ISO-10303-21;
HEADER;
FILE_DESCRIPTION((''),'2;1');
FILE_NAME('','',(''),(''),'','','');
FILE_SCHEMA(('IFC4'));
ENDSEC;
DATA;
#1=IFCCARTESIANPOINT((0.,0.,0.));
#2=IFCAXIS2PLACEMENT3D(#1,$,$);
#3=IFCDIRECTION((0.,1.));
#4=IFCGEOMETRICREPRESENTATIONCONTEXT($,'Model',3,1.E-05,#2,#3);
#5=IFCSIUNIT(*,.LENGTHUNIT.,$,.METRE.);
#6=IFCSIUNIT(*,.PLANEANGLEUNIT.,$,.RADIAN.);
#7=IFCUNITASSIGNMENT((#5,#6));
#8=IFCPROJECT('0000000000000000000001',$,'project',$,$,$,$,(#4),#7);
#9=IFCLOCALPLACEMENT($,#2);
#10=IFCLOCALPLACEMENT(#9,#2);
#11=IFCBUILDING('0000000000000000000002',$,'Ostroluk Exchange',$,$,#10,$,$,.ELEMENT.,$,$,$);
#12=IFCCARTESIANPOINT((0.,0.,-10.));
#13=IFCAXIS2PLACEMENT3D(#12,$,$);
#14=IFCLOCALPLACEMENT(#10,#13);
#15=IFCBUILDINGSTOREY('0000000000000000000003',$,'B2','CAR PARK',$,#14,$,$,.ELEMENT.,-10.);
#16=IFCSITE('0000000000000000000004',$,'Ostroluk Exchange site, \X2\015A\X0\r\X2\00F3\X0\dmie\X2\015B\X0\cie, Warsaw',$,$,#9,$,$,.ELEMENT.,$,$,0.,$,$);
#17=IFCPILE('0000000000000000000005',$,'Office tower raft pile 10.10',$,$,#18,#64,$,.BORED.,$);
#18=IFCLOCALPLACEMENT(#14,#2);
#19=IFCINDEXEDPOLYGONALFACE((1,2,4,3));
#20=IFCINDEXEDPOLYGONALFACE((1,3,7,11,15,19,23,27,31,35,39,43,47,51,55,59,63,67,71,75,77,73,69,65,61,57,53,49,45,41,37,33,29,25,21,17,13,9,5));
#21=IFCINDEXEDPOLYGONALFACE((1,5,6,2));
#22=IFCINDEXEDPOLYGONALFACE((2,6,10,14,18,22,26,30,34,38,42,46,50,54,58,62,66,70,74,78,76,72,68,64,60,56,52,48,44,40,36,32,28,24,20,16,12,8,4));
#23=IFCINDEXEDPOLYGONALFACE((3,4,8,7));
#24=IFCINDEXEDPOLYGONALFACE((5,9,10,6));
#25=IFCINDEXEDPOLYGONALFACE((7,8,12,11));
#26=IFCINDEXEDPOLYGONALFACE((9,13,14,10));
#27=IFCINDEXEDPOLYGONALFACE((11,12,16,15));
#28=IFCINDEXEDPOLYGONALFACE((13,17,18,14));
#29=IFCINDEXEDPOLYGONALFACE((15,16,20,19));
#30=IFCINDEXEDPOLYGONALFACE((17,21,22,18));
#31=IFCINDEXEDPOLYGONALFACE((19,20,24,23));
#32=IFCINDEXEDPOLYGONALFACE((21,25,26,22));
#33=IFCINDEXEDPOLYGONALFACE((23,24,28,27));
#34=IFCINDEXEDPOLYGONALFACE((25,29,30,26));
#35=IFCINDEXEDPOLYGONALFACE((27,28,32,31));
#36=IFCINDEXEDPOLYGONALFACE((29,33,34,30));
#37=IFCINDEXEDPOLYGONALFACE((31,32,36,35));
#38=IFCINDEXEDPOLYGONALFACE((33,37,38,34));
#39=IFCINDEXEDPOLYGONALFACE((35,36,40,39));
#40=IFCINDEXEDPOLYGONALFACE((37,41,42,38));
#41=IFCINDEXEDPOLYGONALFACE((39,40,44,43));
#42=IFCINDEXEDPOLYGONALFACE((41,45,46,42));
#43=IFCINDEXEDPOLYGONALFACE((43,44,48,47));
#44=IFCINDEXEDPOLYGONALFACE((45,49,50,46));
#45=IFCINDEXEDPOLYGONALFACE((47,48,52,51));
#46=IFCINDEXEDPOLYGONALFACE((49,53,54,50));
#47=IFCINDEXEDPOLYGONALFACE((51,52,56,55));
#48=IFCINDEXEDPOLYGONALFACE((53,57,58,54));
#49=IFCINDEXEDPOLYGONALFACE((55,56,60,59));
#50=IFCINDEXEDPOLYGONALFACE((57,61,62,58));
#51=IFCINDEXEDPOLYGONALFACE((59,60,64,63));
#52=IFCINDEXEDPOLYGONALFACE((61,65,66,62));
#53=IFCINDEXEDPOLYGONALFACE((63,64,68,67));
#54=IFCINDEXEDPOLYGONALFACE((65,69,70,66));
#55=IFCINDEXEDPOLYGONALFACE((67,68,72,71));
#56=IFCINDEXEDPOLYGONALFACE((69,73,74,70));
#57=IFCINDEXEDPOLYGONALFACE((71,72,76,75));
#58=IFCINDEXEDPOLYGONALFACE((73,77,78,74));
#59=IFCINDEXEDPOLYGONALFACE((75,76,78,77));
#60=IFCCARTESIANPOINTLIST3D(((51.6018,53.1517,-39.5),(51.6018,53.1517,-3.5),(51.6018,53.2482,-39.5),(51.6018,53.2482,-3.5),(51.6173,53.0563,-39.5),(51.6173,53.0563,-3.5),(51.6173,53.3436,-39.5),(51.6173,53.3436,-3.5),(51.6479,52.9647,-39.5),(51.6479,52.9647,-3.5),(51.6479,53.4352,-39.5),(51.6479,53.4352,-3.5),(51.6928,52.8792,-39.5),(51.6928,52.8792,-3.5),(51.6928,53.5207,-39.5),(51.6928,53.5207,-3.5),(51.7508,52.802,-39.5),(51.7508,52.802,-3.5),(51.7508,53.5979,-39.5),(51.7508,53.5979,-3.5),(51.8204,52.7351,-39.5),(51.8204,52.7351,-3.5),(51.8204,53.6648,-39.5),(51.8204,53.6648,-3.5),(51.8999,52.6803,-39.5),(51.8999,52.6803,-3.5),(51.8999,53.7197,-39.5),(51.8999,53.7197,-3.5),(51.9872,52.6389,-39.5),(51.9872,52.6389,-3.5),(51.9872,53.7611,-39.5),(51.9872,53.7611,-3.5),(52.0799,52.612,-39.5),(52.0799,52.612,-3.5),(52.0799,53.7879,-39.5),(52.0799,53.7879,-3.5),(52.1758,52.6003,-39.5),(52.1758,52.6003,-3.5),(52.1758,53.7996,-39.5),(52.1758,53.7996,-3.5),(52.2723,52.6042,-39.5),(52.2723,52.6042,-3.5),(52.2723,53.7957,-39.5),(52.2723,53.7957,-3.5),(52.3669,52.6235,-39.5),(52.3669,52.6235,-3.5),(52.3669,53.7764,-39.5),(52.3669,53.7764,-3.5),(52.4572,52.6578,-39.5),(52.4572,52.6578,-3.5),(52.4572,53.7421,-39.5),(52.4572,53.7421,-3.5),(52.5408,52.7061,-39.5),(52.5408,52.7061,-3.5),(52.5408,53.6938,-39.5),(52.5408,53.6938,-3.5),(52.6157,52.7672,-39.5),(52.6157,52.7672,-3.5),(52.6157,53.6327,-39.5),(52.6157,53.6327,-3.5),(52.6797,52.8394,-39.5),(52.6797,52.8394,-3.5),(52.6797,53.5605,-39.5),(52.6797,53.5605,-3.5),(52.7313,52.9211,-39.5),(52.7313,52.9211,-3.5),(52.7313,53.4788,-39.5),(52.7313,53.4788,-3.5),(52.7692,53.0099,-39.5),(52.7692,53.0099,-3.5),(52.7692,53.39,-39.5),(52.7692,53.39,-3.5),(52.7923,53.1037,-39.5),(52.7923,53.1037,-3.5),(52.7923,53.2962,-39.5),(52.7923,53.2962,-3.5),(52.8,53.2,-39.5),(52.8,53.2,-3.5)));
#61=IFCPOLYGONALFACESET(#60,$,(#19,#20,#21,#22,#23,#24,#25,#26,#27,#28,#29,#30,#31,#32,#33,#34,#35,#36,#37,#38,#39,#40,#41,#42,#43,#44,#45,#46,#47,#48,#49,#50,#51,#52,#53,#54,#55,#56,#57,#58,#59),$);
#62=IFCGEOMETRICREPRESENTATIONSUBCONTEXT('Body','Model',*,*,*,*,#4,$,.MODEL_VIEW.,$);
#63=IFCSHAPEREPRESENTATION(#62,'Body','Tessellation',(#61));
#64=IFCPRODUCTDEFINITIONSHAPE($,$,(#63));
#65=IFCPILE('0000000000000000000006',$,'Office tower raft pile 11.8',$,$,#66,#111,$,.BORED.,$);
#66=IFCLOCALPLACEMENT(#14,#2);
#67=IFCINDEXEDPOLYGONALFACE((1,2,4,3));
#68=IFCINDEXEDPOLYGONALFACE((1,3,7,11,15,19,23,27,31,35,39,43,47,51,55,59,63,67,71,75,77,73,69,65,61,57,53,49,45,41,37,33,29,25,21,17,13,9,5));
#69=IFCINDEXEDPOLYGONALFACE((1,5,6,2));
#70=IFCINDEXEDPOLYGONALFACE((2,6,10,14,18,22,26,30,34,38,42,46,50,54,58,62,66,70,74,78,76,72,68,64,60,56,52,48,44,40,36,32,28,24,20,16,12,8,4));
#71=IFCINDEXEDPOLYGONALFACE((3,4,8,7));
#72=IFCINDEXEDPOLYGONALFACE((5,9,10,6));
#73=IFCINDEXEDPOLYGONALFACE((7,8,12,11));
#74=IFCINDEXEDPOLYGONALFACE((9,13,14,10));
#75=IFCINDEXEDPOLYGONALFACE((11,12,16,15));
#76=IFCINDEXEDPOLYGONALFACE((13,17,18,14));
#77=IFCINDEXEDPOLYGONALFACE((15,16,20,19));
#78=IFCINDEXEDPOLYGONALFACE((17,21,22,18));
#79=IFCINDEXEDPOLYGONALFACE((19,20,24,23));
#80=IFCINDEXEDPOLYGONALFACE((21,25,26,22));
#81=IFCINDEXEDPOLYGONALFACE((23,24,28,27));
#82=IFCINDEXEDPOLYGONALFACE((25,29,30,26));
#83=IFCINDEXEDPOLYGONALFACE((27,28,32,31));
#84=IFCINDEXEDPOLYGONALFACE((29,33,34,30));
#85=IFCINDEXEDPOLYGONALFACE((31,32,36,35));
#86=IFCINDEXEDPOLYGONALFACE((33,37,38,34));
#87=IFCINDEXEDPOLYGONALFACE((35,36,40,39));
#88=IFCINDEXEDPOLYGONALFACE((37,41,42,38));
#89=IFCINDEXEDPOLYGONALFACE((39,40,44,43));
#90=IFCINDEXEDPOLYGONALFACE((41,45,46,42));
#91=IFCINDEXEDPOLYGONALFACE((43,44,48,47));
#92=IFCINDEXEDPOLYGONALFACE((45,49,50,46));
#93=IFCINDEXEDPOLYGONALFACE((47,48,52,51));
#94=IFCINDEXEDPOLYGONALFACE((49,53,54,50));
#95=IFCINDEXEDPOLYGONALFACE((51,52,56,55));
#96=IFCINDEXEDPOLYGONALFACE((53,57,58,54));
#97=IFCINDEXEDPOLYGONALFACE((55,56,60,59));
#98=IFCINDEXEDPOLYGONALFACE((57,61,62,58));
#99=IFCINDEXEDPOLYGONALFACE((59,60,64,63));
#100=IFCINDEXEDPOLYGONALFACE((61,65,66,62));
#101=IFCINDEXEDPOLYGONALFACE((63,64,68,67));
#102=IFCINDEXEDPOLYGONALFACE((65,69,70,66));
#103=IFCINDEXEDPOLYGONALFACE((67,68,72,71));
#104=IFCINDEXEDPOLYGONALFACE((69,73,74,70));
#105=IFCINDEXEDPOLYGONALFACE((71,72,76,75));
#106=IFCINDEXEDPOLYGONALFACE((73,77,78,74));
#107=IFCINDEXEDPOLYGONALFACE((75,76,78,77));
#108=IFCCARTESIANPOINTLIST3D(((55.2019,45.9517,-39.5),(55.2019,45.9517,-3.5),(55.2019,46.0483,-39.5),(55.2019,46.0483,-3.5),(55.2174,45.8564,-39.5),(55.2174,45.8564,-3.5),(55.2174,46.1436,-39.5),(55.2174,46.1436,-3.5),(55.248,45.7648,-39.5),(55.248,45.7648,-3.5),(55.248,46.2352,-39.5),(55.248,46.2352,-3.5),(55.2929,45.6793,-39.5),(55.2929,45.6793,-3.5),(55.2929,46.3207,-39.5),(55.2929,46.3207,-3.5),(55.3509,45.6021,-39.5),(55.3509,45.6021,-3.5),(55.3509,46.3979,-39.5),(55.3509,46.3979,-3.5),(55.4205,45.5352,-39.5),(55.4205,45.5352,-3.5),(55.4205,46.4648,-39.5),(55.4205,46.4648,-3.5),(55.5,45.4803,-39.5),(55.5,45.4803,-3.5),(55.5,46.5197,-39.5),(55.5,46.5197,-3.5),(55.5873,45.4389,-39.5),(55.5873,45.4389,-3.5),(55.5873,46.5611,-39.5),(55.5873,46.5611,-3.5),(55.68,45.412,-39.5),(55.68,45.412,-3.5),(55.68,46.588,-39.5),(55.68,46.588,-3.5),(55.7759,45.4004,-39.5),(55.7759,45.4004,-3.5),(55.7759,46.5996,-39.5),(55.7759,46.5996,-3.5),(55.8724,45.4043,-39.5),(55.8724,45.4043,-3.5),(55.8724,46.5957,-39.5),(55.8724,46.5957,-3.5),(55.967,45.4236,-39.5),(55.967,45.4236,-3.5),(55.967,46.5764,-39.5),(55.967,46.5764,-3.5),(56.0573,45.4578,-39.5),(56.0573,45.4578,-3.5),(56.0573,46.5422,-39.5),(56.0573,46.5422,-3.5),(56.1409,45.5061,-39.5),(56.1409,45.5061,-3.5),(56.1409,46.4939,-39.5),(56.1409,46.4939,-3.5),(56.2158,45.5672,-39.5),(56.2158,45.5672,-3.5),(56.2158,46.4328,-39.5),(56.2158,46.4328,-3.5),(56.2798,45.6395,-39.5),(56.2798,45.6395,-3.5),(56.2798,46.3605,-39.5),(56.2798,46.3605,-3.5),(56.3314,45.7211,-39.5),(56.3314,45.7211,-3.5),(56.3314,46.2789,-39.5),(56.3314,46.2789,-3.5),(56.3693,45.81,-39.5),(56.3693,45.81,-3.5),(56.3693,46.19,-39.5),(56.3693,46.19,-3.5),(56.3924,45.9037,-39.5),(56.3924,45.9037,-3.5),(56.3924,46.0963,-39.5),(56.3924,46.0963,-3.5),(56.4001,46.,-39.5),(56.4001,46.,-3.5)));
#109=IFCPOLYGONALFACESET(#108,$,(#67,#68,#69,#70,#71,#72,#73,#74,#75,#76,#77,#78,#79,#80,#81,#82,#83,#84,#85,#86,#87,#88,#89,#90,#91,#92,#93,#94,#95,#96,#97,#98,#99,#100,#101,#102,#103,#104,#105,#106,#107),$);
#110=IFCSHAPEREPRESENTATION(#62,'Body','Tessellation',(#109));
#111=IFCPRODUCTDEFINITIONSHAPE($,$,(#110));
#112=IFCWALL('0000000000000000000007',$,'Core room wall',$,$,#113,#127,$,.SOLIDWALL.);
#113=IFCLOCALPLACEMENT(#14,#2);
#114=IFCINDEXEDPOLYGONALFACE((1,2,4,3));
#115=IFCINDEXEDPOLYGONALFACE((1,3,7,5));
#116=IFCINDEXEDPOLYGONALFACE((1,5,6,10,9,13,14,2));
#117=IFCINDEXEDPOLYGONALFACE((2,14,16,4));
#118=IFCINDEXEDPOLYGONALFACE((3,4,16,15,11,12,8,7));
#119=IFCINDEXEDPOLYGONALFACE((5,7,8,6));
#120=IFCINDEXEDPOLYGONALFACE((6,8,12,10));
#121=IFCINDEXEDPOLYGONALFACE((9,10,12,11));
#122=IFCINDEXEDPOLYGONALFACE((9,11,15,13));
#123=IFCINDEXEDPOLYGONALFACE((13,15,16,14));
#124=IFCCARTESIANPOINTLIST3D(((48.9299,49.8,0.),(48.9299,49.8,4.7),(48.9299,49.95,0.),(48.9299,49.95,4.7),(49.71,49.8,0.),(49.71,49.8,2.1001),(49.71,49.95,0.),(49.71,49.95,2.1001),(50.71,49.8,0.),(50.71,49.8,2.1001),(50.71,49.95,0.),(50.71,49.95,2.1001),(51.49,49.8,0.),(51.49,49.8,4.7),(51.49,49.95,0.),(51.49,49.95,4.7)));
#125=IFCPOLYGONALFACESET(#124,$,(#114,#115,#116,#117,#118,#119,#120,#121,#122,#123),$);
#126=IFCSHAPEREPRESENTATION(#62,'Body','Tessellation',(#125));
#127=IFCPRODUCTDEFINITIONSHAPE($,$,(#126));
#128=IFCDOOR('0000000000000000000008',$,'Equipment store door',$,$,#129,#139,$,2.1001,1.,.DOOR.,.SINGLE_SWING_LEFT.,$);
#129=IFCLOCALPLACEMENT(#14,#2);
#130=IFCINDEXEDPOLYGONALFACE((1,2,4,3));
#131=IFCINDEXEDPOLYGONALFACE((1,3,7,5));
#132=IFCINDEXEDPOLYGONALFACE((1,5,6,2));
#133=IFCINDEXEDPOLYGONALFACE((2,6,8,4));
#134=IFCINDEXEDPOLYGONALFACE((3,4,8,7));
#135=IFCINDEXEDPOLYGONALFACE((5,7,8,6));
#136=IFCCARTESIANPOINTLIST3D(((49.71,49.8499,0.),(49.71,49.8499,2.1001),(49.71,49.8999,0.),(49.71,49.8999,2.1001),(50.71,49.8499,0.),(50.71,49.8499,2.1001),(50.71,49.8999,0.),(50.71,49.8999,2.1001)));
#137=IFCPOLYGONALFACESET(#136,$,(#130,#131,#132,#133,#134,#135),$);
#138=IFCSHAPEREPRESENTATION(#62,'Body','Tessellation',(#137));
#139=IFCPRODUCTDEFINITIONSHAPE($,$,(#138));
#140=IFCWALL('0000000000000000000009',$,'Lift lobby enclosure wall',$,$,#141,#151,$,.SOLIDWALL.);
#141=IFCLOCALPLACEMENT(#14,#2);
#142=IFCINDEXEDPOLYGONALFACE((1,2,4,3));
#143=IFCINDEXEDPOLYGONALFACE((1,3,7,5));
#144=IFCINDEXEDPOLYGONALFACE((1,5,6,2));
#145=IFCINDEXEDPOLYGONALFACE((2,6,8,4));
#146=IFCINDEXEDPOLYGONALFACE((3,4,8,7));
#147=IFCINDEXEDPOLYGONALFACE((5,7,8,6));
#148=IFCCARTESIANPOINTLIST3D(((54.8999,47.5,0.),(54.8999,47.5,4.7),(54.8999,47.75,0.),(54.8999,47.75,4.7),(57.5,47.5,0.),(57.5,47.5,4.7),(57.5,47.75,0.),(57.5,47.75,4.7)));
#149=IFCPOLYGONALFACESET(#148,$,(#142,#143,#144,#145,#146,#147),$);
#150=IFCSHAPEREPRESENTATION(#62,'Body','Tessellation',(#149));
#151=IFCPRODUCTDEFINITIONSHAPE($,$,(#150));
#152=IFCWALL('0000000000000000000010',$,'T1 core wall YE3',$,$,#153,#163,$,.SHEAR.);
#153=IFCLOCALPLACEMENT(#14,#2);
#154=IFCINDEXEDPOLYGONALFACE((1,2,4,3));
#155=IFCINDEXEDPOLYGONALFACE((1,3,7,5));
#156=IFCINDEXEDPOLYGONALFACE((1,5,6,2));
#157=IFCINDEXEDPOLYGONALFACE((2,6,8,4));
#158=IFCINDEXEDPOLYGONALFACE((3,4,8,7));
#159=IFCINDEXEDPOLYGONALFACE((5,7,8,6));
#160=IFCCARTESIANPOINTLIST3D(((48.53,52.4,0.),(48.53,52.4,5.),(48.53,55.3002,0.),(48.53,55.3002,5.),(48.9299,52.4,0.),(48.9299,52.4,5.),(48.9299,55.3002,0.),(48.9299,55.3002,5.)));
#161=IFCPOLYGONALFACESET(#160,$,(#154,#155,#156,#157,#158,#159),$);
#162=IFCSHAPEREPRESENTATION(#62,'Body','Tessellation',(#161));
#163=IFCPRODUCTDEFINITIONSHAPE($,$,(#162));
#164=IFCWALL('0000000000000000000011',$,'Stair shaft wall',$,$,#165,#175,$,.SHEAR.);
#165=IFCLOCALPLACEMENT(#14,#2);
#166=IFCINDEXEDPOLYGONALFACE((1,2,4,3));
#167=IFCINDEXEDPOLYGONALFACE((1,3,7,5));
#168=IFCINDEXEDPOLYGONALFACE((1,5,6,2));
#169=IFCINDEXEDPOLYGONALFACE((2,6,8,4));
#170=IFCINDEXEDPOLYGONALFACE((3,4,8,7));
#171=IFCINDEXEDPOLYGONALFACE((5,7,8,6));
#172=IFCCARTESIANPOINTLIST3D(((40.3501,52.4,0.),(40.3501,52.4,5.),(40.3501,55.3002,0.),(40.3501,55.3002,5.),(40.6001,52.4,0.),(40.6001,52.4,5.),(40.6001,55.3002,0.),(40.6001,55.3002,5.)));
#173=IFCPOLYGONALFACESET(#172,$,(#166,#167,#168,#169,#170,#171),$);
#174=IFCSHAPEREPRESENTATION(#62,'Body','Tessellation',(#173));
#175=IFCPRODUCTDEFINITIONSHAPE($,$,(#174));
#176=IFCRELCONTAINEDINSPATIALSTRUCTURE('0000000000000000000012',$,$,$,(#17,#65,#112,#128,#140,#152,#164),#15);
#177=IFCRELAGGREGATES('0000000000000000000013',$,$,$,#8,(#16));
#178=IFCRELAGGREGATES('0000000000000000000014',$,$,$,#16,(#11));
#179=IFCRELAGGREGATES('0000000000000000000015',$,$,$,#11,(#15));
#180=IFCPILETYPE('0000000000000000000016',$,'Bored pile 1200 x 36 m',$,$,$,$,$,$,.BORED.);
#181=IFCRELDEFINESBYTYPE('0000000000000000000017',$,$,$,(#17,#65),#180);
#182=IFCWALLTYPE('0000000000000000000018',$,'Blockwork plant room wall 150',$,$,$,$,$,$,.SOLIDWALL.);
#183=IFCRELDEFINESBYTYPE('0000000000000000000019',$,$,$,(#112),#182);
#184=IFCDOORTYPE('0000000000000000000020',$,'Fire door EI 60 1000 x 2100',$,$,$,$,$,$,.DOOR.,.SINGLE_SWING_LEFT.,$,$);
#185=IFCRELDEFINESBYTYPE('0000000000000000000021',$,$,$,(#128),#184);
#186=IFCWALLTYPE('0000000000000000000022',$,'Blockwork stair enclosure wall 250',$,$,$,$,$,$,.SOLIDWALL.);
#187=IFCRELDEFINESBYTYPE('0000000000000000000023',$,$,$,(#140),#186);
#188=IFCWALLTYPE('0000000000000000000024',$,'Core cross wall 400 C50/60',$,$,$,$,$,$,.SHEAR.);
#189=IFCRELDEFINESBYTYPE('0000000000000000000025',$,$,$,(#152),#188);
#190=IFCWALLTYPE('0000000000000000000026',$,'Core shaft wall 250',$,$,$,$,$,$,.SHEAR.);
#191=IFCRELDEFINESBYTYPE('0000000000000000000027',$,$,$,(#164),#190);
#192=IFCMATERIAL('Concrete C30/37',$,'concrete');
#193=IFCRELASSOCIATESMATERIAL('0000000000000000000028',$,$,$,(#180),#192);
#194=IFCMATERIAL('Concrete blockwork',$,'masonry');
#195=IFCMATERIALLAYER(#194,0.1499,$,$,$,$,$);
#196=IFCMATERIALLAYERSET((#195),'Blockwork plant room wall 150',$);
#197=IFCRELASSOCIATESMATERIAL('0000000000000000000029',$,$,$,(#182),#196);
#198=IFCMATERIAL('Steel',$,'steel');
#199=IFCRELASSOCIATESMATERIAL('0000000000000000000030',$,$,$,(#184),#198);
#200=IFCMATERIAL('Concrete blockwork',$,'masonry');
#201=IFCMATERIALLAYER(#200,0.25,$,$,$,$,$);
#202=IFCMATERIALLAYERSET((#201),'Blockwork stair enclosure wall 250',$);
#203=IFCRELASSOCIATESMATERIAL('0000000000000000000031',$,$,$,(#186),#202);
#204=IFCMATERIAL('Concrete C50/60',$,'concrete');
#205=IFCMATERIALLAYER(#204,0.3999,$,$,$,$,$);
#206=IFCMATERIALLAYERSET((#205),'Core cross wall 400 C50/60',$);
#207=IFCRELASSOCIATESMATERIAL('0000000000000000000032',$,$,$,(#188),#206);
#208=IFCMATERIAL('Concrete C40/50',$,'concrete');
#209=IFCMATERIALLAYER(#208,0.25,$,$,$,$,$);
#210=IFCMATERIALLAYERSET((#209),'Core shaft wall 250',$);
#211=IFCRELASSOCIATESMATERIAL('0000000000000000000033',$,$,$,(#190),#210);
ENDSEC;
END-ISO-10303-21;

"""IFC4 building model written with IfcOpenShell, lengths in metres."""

from ifc_helpers import new_model, si_unit, direction, frame, frame_2d, origin, origin_2d, place, context, subcontext, project, spatial, rectangle, circle, extrude, material, layer, layer_set, type_object, element, fill, save


model = new_model("IFC4")

# Units and contexts
model_context = context("Model", 3, precision=1e-05, world=origin(), true_north=direction((0.0, 1.0)))
body_context = subcontext(model_context, "Body", "Model", "MODEL_VIEW")
ifc_project = project(units=[si_unit("LENGTHUNIT", "METRE"), si_unit("PLANEANGLEUNIT", "RADIAN")], contexts=[model_context])

# Site, building, storey
site_placement = place(None, origin())
site = spatial("IfcSite", under=ifc_project, at=site_placement, Name="Ostroluk Exchange site, Śródmieście, Warsaw", CompositionType="ELEMENT", RefElevation=0.0)
building_placement = place(site_placement, origin())
building = spatial("IfcBuilding", under=site, at=building_placement, Name="Ostroluk Exchange", CompositionType="ELEMENT")
storey_placement = place(building_placement, frame((0.0, 0.0, -10.0)))
storey = spatial("IfcBuildingStorey", under=building, at=storey_placement, Name="B2", Description="CAR PARK", CompositionType="ELEMENT", Elevation=-10.0)

# Piles
ifc_material_1 = material(Name="Concrete C30/37", Category="concrete")
pile_type = type_object("IfcPileType", Name="Bored pile 1200 x 36 m", PredefinedType="BORED", material=ifc_material_1)
for number, where, z_axis, x_axis, name in (
    (1, (52.2, 53.2, -3.5), (0.0, 0.0, -1.0), (1.0, 0.0, 0.0), "Office tower raft pile 10.10"),
    (2, (55.8, 46.0, -3.5), (0.0, 0.0, -1.0), (1.0, 0.0, 0.0), "Office tower raft pile 11.8"),
):
    element("IfcPile", number, at=place(storey_placement, frame(where, z_axis=z_axis, x_axis=x_axis)), inside=storey, type_object=pile_type, Name=name, PredefinedType="BORED", context=body_context, shape_type="SweptSolid", body=[
        extrude(circle(Radius=0.6001, at=origin_2d()), origin(), (0.0, 0.0, 1.0), 36.0),
    ])

# Wall, opening, door
ifc_material_2 = material(Name="Concrete blockwork", Category="masonry")
ifc_layer_1 = layer(ifc_material_2, 0.1499)
ifc_layer_set_1 = layer_set([ifc_layer_1], Name="Blockwork plant room wall 150")
wall_type_1 = type_object("IfcWallType", Name="Blockwork plant room wall 150", PredefinedType="SOLIDWALL", material=ifc_layer_set_1)
wall_1_placement = place(storey_placement, frame((48.9299, 49.875, 0.0), z_axis=(0.0, 0.0, 1.0), x_axis=(1.0, 0.0, 0.0)))
wall_1 = element("IfcWall", 3, at=wall_1_placement, inside=storey, type_object=wall_type_1, Name="Core room wall", PredefinedType="SOLIDWALL", context=body_context, shape_type="SweptSolid", body=[
    extrude(rectangle(XDim=2.5601, YDim=0.1499, at=frame_2d((1.28, 0.0))), origin(), (0.0, 0.0, 1.0), 4.7),
])
opening_1_placement = place(wall_1_placement, frame((0.78, 0.0, 0.0)))
opening_1 = element("IfcOpeningElement", 4, at=opening_1_placement, cuts=wall_1, PredefinedType="OPENING", context=body_context, shape_type="SweptSolid", body=[
    extrude(rectangle(XDim=1.0, YDim=2.1001, at=frame_2d((0.5, 1.05))), frame((0.0, 0.085, 0.0), z_axis=(0.0, -1.0, 0.0), x_axis=(1.0, 0.0, 0.0)), (0.0, 0.0, 1.0), 0.1699),
])
ifc_material_3 = material(Name="Steel", Category="steel")
door_type_1 = type_object("IfcDoorType", Name="Fire door EI 60 1000 x 2100", OperationType="SINGLE_SWING_LEFT", PredefinedType="DOOR", material=ifc_material_3)
door_1_placement = place(opening_1_placement, origin())
door_1 = element("IfcDoor", 5, at=door_1_placement, inside=storey, type_object=door_type_1, Name="Equipment store door", OperationType="SINGLE_SWING_LEFT", OverallHeight=2.1001, OverallWidth=1.0, PredefinedType="DOOR", context=body_context, shape_type="SweptSolid", body=[
    extrude(rectangle(XDim=1.0, YDim=2.1001, at=frame_2d((0.5, 1.05))), frame((0.0, 0.0249, 0.0), z_axis=(0.0, -1.0, 0.0), x_axis=(1.0, 0.0, 0.0)), (0.0, 0.0, 1.0), 0.05),
])
fill(opening_1, door_1)

# Walls
ifc_material_4 = material(Name="Concrete blockwork", Category="masonry")
ifc_layer_2 = layer(ifc_material_4, 0.25)
ifc_layer_set_2 = layer_set([ifc_layer_2], Name="Blockwork stair enclosure wall 250")
wall_type_2 = type_object("IfcWallType", Name="Blockwork stair enclosure wall 250", PredefinedType="SOLIDWALL", material=ifc_layer_set_2)
wall_2_placement = place(storey_placement, frame((54.8999, 47.625, 0.0), z_axis=(0.0, 0.0, 1.0), x_axis=(1.0, 0.0, 0.0)))
element("IfcWall", 6, at=wall_2_placement, inside=storey, type_object=wall_type_2, Name="Lift lobby enclosure wall", PredefinedType="SOLIDWALL", context=body_context, shape_type="SweptSolid", body=[
    extrude(rectangle(XDim=2.6001, YDim=0.25, at=frame_2d((1.3, 0.0))), origin(), (0.0, 0.0, 1.0), 4.7),
])
ifc_material_5 = material(Name="Concrete C50/60", Category="concrete")
ifc_layer_3 = layer(ifc_material_5, 0.3999)
ifc_layer_set_3 = layer_set([ifc_layer_3], Name="Core cross wall 400 C50/60")
wall_type_3 = type_object("IfcWallType", Name="Core cross wall 400 C50/60", PredefinedType="SHEAR", material=ifc_layer_set_3)
wall_3_placement = place(storey_placement, frame((48.73, 52.3999, 0.0), z_axis=(0.0, 0.0, 1.0), x_axis=(0.0, 1.0, 0.0)))
element("IfcWall", 7, at=wall_3_placement, inside=storey, type_object=wall_type_3, Name="T1 core wall YE3", PredefinedType="SHEAR", context=body_context, shape_type="SweptSolid", body=[
    extrude(rectangle(XDim=2.9001, YDim=0.3999, at=frame_2d((1.4502, 0.0))), origin(), (0.0, 0.0, 1.0), 5.0),
])
ifc_material_6 = material(Name="Concrete C40/50", Category="concrete")
ifc_layer_4 = layer(ifc_material_6, 0.25)
ifc_layer_set_4 = layer_set([ifc_layer_4], Name="Core shaft wall 250")
wall_type_4 = type_object("IfcWallType", Name="Core shaft wall 250", PredefinedType="SHEAR", material=ifc_layer_set_4)
wall_4_placement = place(storey_placement, frame((40.4751, 52.3999, 0.0), z_axis=(0.0, 0.0, 1.0), x_axis=(0.0, 1.0, 0.0)))
element("IfcWall", 8, at=wall_4_placement, inside=storey, type_object=wall_type_4, Name="Stair shaft wall", PredefinedType="SHEAR", context=body_context, shape_type="SweptSolid", body=[
    extrude(rectangle(XDim=2.9001, YDim=0.25, at=frame_2d((1.4502, 0.0))), origin(), (0.0, 0.0, 1.0), 5.0),
])

save(model, "model.ifc")
